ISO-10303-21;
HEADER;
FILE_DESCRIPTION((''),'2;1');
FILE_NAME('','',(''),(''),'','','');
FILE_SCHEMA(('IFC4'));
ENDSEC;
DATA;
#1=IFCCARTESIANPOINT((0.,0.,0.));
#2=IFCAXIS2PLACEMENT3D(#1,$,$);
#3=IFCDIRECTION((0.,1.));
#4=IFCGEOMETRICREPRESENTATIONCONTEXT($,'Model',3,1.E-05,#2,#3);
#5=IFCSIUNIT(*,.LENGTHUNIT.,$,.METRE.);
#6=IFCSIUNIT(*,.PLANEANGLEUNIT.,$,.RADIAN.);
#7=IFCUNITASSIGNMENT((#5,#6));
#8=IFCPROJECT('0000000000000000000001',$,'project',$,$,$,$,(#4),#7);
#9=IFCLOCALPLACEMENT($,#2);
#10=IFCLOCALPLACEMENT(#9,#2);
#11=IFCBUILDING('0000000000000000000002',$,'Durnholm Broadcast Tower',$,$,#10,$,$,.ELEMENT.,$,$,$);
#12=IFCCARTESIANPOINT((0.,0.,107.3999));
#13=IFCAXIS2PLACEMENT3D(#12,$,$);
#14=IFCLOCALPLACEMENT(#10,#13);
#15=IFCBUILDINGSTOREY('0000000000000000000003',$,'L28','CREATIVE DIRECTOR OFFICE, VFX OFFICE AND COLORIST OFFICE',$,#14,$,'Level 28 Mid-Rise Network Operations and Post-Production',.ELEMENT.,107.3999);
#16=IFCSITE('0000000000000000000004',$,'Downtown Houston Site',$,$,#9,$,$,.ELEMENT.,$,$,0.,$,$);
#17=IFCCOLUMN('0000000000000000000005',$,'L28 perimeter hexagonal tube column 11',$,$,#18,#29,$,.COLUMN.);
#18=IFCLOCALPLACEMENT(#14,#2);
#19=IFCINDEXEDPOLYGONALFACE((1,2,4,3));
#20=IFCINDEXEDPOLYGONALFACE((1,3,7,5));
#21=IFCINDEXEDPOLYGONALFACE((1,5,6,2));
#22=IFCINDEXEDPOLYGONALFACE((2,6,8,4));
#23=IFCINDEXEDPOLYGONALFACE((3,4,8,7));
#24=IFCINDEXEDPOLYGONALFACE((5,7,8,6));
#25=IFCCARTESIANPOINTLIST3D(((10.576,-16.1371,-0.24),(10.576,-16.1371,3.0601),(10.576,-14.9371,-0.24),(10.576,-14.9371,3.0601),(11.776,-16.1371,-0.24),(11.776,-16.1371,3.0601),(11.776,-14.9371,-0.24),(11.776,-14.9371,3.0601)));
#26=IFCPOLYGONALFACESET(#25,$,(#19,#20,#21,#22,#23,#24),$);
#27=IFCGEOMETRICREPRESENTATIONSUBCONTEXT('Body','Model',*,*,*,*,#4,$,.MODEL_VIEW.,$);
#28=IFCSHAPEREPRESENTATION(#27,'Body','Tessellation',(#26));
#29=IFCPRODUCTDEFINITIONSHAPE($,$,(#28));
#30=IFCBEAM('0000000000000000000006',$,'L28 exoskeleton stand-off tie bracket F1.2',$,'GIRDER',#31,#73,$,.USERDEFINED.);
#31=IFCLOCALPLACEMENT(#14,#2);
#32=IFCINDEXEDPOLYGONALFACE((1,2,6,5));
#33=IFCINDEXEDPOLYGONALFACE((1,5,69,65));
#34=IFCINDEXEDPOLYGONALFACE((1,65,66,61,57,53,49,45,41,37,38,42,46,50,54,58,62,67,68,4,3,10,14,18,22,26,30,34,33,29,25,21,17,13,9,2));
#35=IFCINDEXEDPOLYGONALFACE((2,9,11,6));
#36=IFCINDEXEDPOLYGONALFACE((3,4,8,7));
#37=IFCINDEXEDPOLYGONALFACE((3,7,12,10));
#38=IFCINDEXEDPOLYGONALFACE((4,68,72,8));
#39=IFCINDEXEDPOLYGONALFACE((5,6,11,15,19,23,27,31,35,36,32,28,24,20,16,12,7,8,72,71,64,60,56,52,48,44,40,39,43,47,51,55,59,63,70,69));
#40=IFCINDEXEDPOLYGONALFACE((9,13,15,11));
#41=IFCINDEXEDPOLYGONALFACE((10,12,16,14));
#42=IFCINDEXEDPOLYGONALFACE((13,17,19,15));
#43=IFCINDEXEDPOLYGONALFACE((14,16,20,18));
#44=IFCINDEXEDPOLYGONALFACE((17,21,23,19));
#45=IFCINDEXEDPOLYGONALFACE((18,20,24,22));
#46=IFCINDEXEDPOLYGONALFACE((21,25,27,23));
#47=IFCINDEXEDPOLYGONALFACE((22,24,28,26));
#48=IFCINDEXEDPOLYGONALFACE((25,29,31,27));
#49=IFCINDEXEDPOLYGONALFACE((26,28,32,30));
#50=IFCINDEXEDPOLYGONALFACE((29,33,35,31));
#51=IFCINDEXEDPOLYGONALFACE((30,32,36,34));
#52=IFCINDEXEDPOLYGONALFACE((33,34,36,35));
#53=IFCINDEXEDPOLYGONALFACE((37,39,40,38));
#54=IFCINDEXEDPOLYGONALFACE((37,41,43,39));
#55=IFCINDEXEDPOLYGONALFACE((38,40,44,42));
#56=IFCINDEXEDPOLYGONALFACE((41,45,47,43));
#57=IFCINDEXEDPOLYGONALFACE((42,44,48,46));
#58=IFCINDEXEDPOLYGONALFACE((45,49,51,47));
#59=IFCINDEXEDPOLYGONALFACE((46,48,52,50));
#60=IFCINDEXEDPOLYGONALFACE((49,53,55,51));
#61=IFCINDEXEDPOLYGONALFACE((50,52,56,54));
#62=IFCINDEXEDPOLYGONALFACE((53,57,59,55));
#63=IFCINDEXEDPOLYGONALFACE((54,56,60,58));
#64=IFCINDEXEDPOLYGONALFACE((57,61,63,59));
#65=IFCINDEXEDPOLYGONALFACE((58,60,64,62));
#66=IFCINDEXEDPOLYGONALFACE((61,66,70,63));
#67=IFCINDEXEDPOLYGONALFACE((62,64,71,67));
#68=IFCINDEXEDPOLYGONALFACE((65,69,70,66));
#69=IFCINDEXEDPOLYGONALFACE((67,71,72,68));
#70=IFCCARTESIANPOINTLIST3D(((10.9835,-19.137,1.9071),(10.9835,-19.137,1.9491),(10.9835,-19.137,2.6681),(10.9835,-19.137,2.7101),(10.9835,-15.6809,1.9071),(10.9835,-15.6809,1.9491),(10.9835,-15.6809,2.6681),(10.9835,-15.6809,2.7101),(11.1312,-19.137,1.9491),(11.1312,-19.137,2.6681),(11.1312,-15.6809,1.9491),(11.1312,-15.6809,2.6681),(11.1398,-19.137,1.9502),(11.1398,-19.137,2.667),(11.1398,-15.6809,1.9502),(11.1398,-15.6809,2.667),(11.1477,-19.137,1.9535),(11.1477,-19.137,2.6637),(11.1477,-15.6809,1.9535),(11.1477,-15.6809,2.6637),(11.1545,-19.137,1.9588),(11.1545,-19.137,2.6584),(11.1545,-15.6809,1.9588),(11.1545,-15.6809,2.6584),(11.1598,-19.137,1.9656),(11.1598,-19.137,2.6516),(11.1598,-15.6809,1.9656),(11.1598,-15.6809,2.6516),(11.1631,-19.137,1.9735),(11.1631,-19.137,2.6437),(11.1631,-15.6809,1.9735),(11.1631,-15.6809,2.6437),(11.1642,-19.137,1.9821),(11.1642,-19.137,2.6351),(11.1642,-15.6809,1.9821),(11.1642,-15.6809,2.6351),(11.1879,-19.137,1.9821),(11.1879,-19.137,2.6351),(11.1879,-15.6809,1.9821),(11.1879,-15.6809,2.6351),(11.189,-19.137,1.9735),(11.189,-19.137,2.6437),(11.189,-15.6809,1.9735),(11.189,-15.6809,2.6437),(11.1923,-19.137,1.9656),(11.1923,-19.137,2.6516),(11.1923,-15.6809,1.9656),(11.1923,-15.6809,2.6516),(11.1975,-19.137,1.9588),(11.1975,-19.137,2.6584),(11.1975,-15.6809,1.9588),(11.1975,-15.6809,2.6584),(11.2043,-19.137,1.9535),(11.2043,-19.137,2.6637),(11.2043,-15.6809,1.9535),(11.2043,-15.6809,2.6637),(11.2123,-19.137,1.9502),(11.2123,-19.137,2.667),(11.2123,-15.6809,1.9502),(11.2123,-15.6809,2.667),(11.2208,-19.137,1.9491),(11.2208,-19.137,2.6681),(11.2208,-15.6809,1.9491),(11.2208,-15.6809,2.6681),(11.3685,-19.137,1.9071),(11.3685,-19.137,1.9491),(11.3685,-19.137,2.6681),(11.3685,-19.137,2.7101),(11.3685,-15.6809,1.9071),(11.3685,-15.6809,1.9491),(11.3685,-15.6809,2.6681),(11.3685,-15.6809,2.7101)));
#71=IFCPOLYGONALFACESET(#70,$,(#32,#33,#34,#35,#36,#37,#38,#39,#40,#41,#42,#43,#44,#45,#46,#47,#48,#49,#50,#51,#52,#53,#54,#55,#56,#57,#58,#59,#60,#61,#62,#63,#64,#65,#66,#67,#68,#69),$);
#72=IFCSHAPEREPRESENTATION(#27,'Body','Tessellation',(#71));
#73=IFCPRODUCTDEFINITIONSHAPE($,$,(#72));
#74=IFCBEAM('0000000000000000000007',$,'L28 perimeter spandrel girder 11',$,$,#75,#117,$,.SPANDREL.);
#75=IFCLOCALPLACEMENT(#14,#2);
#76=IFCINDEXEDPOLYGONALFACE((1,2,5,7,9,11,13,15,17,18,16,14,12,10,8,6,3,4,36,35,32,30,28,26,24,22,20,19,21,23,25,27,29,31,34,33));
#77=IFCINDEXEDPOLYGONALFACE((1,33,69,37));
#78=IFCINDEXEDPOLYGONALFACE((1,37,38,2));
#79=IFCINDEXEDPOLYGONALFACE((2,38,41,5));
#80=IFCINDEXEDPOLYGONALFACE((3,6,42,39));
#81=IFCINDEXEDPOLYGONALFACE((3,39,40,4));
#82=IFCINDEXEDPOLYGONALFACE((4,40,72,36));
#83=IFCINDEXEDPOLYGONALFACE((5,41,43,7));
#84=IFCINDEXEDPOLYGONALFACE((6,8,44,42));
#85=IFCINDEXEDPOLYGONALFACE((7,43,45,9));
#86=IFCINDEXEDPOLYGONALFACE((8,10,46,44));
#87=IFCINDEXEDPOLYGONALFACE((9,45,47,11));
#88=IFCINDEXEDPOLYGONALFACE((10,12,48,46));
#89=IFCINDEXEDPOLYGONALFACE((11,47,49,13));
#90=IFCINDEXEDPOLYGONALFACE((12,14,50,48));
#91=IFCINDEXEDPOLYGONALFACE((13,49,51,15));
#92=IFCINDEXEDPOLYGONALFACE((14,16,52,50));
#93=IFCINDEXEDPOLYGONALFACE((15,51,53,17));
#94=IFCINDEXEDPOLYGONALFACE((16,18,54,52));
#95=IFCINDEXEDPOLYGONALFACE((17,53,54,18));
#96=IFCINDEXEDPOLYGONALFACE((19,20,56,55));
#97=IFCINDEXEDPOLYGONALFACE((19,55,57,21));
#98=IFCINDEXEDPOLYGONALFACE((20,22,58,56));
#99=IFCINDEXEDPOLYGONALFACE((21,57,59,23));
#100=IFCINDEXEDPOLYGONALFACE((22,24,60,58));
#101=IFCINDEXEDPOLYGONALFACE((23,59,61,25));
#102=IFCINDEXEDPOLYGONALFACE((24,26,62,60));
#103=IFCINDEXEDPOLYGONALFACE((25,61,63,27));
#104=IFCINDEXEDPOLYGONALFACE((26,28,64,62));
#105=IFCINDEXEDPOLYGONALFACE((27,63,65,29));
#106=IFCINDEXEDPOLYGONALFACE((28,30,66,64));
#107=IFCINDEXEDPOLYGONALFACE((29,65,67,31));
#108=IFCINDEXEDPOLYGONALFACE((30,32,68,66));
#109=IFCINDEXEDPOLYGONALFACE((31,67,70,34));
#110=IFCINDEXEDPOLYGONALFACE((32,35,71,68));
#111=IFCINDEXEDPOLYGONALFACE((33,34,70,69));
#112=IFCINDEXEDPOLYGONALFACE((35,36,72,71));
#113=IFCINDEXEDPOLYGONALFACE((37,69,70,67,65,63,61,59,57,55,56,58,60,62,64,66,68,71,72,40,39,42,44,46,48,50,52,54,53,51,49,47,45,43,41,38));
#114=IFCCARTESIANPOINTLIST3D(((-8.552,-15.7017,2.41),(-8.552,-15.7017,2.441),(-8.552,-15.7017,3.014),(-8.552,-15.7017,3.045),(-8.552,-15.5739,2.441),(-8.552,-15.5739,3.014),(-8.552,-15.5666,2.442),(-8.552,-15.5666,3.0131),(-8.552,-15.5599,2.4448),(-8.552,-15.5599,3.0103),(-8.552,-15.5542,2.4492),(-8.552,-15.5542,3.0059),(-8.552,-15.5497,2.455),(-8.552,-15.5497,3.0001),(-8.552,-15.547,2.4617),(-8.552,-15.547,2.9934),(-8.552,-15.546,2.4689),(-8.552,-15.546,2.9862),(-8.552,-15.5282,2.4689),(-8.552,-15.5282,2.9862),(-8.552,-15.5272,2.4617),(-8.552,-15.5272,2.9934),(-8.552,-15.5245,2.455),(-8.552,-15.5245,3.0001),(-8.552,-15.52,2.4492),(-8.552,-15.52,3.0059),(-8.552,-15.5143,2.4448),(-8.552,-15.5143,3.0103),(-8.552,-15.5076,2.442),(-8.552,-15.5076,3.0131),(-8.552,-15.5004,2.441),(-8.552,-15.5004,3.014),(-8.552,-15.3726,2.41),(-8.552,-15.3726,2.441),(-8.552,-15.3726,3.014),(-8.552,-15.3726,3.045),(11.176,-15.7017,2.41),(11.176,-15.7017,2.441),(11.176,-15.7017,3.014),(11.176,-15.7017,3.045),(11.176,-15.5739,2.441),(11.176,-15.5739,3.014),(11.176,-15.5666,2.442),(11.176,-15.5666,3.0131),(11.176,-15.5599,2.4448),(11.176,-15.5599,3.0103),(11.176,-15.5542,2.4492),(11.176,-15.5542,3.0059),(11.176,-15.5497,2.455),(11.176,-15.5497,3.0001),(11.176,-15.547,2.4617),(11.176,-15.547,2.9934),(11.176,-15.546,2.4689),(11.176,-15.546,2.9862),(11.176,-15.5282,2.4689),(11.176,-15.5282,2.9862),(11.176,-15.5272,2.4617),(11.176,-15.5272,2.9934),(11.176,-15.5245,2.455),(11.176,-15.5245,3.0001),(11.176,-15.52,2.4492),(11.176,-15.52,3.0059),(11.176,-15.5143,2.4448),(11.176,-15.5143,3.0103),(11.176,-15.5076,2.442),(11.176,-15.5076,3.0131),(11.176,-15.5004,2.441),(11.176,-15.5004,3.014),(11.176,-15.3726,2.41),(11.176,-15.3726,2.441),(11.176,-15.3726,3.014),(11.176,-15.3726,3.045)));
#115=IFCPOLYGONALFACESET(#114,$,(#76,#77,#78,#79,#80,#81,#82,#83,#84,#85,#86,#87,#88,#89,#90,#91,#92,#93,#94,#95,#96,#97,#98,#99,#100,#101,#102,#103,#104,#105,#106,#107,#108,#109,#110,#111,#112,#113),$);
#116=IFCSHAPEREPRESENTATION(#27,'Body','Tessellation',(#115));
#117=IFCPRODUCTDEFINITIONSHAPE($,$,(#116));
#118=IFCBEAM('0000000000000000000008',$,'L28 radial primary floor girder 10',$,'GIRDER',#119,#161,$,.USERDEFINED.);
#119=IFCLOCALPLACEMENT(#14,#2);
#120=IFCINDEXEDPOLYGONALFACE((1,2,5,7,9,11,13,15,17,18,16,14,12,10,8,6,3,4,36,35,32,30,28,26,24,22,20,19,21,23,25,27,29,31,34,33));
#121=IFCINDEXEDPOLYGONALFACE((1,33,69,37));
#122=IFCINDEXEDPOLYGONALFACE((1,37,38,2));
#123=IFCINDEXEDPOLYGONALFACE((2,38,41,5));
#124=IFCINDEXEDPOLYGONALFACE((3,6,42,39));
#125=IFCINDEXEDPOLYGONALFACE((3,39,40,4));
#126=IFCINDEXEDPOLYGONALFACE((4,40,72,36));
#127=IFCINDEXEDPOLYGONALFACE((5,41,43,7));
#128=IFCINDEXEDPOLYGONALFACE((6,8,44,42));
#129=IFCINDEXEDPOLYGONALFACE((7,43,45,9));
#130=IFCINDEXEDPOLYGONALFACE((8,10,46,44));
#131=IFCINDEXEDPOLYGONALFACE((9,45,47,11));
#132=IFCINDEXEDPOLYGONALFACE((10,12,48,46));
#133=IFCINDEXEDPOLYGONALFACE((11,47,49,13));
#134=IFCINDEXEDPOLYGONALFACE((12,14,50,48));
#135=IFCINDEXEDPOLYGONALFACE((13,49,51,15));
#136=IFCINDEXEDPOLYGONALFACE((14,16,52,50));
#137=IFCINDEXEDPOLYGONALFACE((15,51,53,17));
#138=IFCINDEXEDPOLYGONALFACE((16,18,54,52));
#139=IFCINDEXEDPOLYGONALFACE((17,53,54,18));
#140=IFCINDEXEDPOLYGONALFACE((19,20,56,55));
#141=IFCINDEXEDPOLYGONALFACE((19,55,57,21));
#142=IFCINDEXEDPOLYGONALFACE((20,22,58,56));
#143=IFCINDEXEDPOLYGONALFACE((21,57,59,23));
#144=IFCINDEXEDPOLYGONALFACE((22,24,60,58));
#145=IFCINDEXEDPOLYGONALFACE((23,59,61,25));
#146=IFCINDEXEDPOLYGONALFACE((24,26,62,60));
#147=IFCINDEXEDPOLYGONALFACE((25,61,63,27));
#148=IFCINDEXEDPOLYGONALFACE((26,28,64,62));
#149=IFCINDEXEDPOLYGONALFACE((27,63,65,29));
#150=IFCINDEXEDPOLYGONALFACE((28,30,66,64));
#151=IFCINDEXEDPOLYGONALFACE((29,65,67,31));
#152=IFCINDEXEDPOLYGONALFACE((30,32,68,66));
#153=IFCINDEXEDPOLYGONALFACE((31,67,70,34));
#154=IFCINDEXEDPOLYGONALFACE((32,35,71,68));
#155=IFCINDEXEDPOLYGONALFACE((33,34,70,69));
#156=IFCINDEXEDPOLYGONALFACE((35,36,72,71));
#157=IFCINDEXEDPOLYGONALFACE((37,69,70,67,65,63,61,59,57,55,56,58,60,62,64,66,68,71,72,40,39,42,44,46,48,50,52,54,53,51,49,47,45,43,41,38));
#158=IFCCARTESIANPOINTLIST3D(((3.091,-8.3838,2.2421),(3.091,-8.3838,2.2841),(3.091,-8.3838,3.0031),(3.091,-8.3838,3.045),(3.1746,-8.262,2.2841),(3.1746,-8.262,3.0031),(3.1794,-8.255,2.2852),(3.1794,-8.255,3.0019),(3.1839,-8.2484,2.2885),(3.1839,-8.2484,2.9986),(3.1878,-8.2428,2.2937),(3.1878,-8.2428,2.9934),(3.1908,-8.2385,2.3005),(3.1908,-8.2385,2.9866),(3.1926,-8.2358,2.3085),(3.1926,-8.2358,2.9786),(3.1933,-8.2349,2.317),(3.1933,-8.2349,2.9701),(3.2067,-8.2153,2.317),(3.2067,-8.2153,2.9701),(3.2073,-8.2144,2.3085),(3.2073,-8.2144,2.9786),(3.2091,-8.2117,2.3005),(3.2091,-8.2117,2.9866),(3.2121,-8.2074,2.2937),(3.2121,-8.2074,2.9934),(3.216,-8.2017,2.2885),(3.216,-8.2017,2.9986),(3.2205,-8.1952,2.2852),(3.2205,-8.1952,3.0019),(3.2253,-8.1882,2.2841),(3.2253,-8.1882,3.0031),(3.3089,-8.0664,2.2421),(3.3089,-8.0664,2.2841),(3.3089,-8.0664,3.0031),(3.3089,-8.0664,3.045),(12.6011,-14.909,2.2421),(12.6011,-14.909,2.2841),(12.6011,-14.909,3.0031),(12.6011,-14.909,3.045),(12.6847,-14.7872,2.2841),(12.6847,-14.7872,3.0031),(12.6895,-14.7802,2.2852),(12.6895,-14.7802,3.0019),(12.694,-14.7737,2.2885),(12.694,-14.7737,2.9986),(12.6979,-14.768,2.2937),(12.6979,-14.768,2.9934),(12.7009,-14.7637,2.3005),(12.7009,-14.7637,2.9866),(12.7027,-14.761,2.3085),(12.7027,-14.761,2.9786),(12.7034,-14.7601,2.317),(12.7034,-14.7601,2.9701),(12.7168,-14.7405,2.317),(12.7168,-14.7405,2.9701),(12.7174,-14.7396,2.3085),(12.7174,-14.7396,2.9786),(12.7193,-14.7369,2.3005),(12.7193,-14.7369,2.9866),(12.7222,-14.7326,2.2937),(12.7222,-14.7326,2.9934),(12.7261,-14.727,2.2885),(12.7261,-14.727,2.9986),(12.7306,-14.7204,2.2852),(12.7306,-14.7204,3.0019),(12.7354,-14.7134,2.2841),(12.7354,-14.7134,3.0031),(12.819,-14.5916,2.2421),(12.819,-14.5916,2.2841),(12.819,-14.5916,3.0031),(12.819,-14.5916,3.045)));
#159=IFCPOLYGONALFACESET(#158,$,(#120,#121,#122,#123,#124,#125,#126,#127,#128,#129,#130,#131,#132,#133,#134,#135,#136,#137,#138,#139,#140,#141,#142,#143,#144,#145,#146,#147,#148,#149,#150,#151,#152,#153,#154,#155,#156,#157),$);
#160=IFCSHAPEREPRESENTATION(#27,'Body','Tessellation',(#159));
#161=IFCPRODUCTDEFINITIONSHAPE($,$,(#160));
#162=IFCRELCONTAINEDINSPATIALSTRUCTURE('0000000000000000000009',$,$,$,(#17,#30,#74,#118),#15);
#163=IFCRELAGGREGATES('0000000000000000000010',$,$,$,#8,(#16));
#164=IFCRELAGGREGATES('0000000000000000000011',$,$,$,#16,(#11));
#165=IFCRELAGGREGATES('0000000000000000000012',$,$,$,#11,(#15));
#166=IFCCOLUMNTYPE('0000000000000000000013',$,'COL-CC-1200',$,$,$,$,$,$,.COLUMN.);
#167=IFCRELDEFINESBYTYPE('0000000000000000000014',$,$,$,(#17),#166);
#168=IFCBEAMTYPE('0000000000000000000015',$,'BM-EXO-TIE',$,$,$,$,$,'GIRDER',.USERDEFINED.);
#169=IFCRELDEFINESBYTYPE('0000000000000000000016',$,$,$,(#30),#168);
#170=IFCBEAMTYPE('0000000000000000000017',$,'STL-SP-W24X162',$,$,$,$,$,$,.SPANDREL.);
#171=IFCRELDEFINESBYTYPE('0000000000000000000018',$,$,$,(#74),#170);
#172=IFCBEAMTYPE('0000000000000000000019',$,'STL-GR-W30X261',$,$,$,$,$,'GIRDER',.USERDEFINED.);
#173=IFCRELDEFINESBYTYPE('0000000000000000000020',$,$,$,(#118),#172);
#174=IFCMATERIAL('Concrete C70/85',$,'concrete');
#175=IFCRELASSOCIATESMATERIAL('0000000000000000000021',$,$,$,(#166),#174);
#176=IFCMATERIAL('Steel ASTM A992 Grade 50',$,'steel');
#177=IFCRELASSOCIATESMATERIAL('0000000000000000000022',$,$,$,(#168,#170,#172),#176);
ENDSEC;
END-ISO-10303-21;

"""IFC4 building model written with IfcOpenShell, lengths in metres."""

from ifc_helpers import new_model, si_unit, direction, frame, origin, origin_2d, place, context, subcontext, project, spatial, rectangle, i_section, extrude, source, transform, mapped, material, material_profile, profile_set, type_object, type_shapes, element, save


model = new_model("IFC4")

# Units and contexts
model_context = context("Model", 3, precision=1e-05, world=origin(), true_north=direction((0.0, 1.0)))
body_context = subcontext(model_context, "Body", "Model", "MODEL_VIEW")
ifc_project = project(units=[si_unit("LENGTHUNIT", "METRE"), si_unit("PLANEANGLEUNIT", "RADIAN")], contexts=[model_context])

# Site, building, storey
site_placement = place(None, origin())
site = spatial("IfcSite", under=ifc_project, at=site_placement, Name="Downtown Houston Site", CompositionType="ELEMENT", RefElevation=0.0)
building_placement = place(site_placement, origin())
building = spatial("IfcBuilding", under=site, at=building_placement, Name="Durnholm Broadcast Tower", CompositionType="ELEMENT")
storey_placement = place(building_placement, frame((0.0, 0.0, 107.3999)))
storey = spatial("IfcBuildingStorey", under=building, at=storey_placement, Name="L28", Description="CREATIVE DIRECTOR OFFICE, VFX OFFICE AND COLORIST OFFICE", LongName="Level 28 Mid-Rise Network Operations and Post-Production", CompositionType="ELEMENT", Elevation=107.3999)

# Column
ifc_material_1 = material(Name="Concrete C70/85", Category="concrete")
ifc_material_profile_1 = material_profile(ifc_material_1, rectangle(XDim=1.2, YDim=1.2, at=origin_2d()), Name="RC1200X1200")
ifc_profile_set_1 = profile_set([ifc_material_profile_1], Name="Concrete C70/85")
column_type = type_object("IfcColumnType", Name="COL-CC-1200", PredefinedType="COLUMN", material=ifc_profile_set_1)
shared_shape_1 = source(origin(), body_context, "Body", "SweptSolid", [
    extrude(rectangle(XDim=1.2, YDim=1.2, at=origin_2d()), origin(), (0.0, 0.0, 1.0), 3.3),
])
type_shapes(column_type, [shared_shape_1])
column_placement = place(storey_placement, frame((11.176, -15.5371, -0.24), z_axis=(0.0, 0.0, 1.0), x_axis=(1.0, 0.0, 0.0)))
element("IfcColumn", 1, at=column_placement, inside=storey, type_object=column_type, Name="L28 perimeter hexagonal tube column 11", PredefinedType="COLUMN", context=body_context, shape_type="MappedRepresentation", body=[
    mapped(shared_shape_1, transform((0.0, 0.0, 0.0), x_axis=(1.0, 0.0, 0.0), y_axis=(0.0, 1.0, 0.0), z_axis=(0.0, 0.0, 1.0), scale=1.0)),
])

# Beams
ifc_material_2 = material(Name="Steel ASTM A992 Grade 50", Category="steel")
ifc_material_profile_2 = material_profile(ifc_material_2, i_section(OverallWidth=0.385, OverallDepth=0.803, WebThickness=0.0237, FlangeThickness=0.042, FilletRadius=0.033, at=origin_2d()), Name="W30X261")
ifc_profile_set_2 = profile_set([ifc_material_profile_2], Name="Steel ASTM A992 Grade 50")
beam_type_1 = type_object("IfcBeamType", Name="BM-EXO-TIE", ElementType="GIRDER", PredefinedType="USERDEFINED", material=ifc_profile_set_2)
shared_shape_2 = source(origin(), body_context, "Body", "SweptSolid", [
    extrude(i_section(OverallWidth=0.385, OverallDepth=0.803, WebThickness=0.0237, FlangeThickness=0.042, FilletRadius=0.033, at=origin_2d()), origin(), (0.0, 0.0, 1.0), 3.4561),
])
type_shapes(beam_type_1, [shared_shape_2])
beam_1_placement = place(storey_placement, frame((11.176, -15.6809, 2.3086), z_axis=(0.0, -1.0, 0.0), x_axis=(1.0, 0.0, 0.0)))
element("IfcBeam", 2, at=beam_1_placement, inside=storey, type_object=beam_type_1, Name="L28 exoskeleton stand-off tie bracket F1.2", ObjectType="GIRDER", PredefinedType="USERDEFINED", context=body_context, shape_type="MappedRepresentation", body=[
    mapped(shared_shape_2, transform((0.0, 0.0, 0.0), x_axis=(1.0, 0.0, 0.0), y_axis=(0.0, 1.0, 0.0), z_axis=(0.0, 0.0, 1.0), scale=1.0)),
])
ifc_material_profile_3 = material_profile(ifc_material_2, i_section(OverallWidth=0.3291, OverallDepth=0.635, WebThickness=0.0178, FlangeThickness=0.031, FilletRadius=0.0278, at=origin_2d()), Name="W24X162")
ifc_profile_set_3 = profile_set([ifc_material_profile_3], Name="Steel ASTM A992 Grade 50")
beam_type_2 = type_object("IfcBeamType", Name="STL-SP-W24X162", PredefinedType="SPANDREL", material=ifc_profile_set_3)
shared_shape_3 = source(origin(), body_context, "Body", "SweptSolid", [
    extrude(i_section(OverallWidth=0.3291, OverallDepth=0.635, WebThickness=0.0178, FlangeThickness=0.031, FilletRadius=0.0278, at=origin_2d()), origin(), (0.0, 0.0, 1.0), 19.728),
])
type_shapes(beam_type_2, [shared_shape_3])
beam_2_placement = place(storey_placement, frame((11.176, -15.5371, 2.7275), z_axis=(-1.0, 0.0, 0.0), x_axis=(0.0, -1.0, 0.0)))
element("IfcBeam", 3, at=beam_2_placement, inside=storey, type_object=beam_type_2, Name="L28 perimeter spandrel girder 11", PredefinedType="SPANDREL", context=body_context, shape_type="MappedRepresentation", body=[
    mapped(shared_shape_3, transform((0.0, 0.0, 0.0), x_axis=(1.0, 0.0, 0.0), y_axis=(0.0, 1.0, 0.0), z_axis=(0.0, 0.0, 1.0), scale=1.0)),
])
ifc_material_profile_4 = material_profile(ifc_material_2, i_section(OverallWidth=0.385, OverallDepth=0.803, WebThickness=0.0237, FlangeThickness=0.042, FilletRadius=0.033, at=origin_2d()), Name="W30X261")
ifc_profile_set_4 = profile_set([ifc_material_profile_4], Name="Steel ASTM A992 Grade 50")
beam_type_3 = type_object("IfcBeamType", Name="STL-GR-W30X261", ElementType="GIRDER", PredefinedType="USERDEFINED", material=ifc_profile_set_4)
shared_shape_4 = source(origin(), body_context, "Body", "SweptSolid", [
    extrude(i_section(OverallWidth=0.385, OverallDepth=0.803, WebThickness=0.0237, FlangeThickness=0.042, FilletRadius=0.033, at=origin_2d()), origin(), (0.0, 0.0, 1.0), 11.5334),
])
type_shapes(beam_type_3, [shared_shape_4])
beam_3_placement = place(storey_placement, frame((3.2, -8.2251, 2.6436), z_axis=(0.824567, -0.565764, 0.0), x_axis=(0.565764, 0.824567, 0.0)))
element("IfcBeam", 4, at=beam_3_placement, inside=storey, type_object=beam_type_3, Name="L28 radial primary floor girder 10", ObjectType="GIRDER", PredefinedType="USERDEFINED", context=body_context, shape_type="MappedRepresentation", body=[
    mapped(shared_shape_4, transform((0.0, 0.0, 0.0), x_axis=(1.0, 0.0, 0.0), y_axis=(0.0, 1.0, 0.0), z_axis=(0.0, 0.0, 1.0), scale=1.0)),
])

save(model, "model.ifc")
